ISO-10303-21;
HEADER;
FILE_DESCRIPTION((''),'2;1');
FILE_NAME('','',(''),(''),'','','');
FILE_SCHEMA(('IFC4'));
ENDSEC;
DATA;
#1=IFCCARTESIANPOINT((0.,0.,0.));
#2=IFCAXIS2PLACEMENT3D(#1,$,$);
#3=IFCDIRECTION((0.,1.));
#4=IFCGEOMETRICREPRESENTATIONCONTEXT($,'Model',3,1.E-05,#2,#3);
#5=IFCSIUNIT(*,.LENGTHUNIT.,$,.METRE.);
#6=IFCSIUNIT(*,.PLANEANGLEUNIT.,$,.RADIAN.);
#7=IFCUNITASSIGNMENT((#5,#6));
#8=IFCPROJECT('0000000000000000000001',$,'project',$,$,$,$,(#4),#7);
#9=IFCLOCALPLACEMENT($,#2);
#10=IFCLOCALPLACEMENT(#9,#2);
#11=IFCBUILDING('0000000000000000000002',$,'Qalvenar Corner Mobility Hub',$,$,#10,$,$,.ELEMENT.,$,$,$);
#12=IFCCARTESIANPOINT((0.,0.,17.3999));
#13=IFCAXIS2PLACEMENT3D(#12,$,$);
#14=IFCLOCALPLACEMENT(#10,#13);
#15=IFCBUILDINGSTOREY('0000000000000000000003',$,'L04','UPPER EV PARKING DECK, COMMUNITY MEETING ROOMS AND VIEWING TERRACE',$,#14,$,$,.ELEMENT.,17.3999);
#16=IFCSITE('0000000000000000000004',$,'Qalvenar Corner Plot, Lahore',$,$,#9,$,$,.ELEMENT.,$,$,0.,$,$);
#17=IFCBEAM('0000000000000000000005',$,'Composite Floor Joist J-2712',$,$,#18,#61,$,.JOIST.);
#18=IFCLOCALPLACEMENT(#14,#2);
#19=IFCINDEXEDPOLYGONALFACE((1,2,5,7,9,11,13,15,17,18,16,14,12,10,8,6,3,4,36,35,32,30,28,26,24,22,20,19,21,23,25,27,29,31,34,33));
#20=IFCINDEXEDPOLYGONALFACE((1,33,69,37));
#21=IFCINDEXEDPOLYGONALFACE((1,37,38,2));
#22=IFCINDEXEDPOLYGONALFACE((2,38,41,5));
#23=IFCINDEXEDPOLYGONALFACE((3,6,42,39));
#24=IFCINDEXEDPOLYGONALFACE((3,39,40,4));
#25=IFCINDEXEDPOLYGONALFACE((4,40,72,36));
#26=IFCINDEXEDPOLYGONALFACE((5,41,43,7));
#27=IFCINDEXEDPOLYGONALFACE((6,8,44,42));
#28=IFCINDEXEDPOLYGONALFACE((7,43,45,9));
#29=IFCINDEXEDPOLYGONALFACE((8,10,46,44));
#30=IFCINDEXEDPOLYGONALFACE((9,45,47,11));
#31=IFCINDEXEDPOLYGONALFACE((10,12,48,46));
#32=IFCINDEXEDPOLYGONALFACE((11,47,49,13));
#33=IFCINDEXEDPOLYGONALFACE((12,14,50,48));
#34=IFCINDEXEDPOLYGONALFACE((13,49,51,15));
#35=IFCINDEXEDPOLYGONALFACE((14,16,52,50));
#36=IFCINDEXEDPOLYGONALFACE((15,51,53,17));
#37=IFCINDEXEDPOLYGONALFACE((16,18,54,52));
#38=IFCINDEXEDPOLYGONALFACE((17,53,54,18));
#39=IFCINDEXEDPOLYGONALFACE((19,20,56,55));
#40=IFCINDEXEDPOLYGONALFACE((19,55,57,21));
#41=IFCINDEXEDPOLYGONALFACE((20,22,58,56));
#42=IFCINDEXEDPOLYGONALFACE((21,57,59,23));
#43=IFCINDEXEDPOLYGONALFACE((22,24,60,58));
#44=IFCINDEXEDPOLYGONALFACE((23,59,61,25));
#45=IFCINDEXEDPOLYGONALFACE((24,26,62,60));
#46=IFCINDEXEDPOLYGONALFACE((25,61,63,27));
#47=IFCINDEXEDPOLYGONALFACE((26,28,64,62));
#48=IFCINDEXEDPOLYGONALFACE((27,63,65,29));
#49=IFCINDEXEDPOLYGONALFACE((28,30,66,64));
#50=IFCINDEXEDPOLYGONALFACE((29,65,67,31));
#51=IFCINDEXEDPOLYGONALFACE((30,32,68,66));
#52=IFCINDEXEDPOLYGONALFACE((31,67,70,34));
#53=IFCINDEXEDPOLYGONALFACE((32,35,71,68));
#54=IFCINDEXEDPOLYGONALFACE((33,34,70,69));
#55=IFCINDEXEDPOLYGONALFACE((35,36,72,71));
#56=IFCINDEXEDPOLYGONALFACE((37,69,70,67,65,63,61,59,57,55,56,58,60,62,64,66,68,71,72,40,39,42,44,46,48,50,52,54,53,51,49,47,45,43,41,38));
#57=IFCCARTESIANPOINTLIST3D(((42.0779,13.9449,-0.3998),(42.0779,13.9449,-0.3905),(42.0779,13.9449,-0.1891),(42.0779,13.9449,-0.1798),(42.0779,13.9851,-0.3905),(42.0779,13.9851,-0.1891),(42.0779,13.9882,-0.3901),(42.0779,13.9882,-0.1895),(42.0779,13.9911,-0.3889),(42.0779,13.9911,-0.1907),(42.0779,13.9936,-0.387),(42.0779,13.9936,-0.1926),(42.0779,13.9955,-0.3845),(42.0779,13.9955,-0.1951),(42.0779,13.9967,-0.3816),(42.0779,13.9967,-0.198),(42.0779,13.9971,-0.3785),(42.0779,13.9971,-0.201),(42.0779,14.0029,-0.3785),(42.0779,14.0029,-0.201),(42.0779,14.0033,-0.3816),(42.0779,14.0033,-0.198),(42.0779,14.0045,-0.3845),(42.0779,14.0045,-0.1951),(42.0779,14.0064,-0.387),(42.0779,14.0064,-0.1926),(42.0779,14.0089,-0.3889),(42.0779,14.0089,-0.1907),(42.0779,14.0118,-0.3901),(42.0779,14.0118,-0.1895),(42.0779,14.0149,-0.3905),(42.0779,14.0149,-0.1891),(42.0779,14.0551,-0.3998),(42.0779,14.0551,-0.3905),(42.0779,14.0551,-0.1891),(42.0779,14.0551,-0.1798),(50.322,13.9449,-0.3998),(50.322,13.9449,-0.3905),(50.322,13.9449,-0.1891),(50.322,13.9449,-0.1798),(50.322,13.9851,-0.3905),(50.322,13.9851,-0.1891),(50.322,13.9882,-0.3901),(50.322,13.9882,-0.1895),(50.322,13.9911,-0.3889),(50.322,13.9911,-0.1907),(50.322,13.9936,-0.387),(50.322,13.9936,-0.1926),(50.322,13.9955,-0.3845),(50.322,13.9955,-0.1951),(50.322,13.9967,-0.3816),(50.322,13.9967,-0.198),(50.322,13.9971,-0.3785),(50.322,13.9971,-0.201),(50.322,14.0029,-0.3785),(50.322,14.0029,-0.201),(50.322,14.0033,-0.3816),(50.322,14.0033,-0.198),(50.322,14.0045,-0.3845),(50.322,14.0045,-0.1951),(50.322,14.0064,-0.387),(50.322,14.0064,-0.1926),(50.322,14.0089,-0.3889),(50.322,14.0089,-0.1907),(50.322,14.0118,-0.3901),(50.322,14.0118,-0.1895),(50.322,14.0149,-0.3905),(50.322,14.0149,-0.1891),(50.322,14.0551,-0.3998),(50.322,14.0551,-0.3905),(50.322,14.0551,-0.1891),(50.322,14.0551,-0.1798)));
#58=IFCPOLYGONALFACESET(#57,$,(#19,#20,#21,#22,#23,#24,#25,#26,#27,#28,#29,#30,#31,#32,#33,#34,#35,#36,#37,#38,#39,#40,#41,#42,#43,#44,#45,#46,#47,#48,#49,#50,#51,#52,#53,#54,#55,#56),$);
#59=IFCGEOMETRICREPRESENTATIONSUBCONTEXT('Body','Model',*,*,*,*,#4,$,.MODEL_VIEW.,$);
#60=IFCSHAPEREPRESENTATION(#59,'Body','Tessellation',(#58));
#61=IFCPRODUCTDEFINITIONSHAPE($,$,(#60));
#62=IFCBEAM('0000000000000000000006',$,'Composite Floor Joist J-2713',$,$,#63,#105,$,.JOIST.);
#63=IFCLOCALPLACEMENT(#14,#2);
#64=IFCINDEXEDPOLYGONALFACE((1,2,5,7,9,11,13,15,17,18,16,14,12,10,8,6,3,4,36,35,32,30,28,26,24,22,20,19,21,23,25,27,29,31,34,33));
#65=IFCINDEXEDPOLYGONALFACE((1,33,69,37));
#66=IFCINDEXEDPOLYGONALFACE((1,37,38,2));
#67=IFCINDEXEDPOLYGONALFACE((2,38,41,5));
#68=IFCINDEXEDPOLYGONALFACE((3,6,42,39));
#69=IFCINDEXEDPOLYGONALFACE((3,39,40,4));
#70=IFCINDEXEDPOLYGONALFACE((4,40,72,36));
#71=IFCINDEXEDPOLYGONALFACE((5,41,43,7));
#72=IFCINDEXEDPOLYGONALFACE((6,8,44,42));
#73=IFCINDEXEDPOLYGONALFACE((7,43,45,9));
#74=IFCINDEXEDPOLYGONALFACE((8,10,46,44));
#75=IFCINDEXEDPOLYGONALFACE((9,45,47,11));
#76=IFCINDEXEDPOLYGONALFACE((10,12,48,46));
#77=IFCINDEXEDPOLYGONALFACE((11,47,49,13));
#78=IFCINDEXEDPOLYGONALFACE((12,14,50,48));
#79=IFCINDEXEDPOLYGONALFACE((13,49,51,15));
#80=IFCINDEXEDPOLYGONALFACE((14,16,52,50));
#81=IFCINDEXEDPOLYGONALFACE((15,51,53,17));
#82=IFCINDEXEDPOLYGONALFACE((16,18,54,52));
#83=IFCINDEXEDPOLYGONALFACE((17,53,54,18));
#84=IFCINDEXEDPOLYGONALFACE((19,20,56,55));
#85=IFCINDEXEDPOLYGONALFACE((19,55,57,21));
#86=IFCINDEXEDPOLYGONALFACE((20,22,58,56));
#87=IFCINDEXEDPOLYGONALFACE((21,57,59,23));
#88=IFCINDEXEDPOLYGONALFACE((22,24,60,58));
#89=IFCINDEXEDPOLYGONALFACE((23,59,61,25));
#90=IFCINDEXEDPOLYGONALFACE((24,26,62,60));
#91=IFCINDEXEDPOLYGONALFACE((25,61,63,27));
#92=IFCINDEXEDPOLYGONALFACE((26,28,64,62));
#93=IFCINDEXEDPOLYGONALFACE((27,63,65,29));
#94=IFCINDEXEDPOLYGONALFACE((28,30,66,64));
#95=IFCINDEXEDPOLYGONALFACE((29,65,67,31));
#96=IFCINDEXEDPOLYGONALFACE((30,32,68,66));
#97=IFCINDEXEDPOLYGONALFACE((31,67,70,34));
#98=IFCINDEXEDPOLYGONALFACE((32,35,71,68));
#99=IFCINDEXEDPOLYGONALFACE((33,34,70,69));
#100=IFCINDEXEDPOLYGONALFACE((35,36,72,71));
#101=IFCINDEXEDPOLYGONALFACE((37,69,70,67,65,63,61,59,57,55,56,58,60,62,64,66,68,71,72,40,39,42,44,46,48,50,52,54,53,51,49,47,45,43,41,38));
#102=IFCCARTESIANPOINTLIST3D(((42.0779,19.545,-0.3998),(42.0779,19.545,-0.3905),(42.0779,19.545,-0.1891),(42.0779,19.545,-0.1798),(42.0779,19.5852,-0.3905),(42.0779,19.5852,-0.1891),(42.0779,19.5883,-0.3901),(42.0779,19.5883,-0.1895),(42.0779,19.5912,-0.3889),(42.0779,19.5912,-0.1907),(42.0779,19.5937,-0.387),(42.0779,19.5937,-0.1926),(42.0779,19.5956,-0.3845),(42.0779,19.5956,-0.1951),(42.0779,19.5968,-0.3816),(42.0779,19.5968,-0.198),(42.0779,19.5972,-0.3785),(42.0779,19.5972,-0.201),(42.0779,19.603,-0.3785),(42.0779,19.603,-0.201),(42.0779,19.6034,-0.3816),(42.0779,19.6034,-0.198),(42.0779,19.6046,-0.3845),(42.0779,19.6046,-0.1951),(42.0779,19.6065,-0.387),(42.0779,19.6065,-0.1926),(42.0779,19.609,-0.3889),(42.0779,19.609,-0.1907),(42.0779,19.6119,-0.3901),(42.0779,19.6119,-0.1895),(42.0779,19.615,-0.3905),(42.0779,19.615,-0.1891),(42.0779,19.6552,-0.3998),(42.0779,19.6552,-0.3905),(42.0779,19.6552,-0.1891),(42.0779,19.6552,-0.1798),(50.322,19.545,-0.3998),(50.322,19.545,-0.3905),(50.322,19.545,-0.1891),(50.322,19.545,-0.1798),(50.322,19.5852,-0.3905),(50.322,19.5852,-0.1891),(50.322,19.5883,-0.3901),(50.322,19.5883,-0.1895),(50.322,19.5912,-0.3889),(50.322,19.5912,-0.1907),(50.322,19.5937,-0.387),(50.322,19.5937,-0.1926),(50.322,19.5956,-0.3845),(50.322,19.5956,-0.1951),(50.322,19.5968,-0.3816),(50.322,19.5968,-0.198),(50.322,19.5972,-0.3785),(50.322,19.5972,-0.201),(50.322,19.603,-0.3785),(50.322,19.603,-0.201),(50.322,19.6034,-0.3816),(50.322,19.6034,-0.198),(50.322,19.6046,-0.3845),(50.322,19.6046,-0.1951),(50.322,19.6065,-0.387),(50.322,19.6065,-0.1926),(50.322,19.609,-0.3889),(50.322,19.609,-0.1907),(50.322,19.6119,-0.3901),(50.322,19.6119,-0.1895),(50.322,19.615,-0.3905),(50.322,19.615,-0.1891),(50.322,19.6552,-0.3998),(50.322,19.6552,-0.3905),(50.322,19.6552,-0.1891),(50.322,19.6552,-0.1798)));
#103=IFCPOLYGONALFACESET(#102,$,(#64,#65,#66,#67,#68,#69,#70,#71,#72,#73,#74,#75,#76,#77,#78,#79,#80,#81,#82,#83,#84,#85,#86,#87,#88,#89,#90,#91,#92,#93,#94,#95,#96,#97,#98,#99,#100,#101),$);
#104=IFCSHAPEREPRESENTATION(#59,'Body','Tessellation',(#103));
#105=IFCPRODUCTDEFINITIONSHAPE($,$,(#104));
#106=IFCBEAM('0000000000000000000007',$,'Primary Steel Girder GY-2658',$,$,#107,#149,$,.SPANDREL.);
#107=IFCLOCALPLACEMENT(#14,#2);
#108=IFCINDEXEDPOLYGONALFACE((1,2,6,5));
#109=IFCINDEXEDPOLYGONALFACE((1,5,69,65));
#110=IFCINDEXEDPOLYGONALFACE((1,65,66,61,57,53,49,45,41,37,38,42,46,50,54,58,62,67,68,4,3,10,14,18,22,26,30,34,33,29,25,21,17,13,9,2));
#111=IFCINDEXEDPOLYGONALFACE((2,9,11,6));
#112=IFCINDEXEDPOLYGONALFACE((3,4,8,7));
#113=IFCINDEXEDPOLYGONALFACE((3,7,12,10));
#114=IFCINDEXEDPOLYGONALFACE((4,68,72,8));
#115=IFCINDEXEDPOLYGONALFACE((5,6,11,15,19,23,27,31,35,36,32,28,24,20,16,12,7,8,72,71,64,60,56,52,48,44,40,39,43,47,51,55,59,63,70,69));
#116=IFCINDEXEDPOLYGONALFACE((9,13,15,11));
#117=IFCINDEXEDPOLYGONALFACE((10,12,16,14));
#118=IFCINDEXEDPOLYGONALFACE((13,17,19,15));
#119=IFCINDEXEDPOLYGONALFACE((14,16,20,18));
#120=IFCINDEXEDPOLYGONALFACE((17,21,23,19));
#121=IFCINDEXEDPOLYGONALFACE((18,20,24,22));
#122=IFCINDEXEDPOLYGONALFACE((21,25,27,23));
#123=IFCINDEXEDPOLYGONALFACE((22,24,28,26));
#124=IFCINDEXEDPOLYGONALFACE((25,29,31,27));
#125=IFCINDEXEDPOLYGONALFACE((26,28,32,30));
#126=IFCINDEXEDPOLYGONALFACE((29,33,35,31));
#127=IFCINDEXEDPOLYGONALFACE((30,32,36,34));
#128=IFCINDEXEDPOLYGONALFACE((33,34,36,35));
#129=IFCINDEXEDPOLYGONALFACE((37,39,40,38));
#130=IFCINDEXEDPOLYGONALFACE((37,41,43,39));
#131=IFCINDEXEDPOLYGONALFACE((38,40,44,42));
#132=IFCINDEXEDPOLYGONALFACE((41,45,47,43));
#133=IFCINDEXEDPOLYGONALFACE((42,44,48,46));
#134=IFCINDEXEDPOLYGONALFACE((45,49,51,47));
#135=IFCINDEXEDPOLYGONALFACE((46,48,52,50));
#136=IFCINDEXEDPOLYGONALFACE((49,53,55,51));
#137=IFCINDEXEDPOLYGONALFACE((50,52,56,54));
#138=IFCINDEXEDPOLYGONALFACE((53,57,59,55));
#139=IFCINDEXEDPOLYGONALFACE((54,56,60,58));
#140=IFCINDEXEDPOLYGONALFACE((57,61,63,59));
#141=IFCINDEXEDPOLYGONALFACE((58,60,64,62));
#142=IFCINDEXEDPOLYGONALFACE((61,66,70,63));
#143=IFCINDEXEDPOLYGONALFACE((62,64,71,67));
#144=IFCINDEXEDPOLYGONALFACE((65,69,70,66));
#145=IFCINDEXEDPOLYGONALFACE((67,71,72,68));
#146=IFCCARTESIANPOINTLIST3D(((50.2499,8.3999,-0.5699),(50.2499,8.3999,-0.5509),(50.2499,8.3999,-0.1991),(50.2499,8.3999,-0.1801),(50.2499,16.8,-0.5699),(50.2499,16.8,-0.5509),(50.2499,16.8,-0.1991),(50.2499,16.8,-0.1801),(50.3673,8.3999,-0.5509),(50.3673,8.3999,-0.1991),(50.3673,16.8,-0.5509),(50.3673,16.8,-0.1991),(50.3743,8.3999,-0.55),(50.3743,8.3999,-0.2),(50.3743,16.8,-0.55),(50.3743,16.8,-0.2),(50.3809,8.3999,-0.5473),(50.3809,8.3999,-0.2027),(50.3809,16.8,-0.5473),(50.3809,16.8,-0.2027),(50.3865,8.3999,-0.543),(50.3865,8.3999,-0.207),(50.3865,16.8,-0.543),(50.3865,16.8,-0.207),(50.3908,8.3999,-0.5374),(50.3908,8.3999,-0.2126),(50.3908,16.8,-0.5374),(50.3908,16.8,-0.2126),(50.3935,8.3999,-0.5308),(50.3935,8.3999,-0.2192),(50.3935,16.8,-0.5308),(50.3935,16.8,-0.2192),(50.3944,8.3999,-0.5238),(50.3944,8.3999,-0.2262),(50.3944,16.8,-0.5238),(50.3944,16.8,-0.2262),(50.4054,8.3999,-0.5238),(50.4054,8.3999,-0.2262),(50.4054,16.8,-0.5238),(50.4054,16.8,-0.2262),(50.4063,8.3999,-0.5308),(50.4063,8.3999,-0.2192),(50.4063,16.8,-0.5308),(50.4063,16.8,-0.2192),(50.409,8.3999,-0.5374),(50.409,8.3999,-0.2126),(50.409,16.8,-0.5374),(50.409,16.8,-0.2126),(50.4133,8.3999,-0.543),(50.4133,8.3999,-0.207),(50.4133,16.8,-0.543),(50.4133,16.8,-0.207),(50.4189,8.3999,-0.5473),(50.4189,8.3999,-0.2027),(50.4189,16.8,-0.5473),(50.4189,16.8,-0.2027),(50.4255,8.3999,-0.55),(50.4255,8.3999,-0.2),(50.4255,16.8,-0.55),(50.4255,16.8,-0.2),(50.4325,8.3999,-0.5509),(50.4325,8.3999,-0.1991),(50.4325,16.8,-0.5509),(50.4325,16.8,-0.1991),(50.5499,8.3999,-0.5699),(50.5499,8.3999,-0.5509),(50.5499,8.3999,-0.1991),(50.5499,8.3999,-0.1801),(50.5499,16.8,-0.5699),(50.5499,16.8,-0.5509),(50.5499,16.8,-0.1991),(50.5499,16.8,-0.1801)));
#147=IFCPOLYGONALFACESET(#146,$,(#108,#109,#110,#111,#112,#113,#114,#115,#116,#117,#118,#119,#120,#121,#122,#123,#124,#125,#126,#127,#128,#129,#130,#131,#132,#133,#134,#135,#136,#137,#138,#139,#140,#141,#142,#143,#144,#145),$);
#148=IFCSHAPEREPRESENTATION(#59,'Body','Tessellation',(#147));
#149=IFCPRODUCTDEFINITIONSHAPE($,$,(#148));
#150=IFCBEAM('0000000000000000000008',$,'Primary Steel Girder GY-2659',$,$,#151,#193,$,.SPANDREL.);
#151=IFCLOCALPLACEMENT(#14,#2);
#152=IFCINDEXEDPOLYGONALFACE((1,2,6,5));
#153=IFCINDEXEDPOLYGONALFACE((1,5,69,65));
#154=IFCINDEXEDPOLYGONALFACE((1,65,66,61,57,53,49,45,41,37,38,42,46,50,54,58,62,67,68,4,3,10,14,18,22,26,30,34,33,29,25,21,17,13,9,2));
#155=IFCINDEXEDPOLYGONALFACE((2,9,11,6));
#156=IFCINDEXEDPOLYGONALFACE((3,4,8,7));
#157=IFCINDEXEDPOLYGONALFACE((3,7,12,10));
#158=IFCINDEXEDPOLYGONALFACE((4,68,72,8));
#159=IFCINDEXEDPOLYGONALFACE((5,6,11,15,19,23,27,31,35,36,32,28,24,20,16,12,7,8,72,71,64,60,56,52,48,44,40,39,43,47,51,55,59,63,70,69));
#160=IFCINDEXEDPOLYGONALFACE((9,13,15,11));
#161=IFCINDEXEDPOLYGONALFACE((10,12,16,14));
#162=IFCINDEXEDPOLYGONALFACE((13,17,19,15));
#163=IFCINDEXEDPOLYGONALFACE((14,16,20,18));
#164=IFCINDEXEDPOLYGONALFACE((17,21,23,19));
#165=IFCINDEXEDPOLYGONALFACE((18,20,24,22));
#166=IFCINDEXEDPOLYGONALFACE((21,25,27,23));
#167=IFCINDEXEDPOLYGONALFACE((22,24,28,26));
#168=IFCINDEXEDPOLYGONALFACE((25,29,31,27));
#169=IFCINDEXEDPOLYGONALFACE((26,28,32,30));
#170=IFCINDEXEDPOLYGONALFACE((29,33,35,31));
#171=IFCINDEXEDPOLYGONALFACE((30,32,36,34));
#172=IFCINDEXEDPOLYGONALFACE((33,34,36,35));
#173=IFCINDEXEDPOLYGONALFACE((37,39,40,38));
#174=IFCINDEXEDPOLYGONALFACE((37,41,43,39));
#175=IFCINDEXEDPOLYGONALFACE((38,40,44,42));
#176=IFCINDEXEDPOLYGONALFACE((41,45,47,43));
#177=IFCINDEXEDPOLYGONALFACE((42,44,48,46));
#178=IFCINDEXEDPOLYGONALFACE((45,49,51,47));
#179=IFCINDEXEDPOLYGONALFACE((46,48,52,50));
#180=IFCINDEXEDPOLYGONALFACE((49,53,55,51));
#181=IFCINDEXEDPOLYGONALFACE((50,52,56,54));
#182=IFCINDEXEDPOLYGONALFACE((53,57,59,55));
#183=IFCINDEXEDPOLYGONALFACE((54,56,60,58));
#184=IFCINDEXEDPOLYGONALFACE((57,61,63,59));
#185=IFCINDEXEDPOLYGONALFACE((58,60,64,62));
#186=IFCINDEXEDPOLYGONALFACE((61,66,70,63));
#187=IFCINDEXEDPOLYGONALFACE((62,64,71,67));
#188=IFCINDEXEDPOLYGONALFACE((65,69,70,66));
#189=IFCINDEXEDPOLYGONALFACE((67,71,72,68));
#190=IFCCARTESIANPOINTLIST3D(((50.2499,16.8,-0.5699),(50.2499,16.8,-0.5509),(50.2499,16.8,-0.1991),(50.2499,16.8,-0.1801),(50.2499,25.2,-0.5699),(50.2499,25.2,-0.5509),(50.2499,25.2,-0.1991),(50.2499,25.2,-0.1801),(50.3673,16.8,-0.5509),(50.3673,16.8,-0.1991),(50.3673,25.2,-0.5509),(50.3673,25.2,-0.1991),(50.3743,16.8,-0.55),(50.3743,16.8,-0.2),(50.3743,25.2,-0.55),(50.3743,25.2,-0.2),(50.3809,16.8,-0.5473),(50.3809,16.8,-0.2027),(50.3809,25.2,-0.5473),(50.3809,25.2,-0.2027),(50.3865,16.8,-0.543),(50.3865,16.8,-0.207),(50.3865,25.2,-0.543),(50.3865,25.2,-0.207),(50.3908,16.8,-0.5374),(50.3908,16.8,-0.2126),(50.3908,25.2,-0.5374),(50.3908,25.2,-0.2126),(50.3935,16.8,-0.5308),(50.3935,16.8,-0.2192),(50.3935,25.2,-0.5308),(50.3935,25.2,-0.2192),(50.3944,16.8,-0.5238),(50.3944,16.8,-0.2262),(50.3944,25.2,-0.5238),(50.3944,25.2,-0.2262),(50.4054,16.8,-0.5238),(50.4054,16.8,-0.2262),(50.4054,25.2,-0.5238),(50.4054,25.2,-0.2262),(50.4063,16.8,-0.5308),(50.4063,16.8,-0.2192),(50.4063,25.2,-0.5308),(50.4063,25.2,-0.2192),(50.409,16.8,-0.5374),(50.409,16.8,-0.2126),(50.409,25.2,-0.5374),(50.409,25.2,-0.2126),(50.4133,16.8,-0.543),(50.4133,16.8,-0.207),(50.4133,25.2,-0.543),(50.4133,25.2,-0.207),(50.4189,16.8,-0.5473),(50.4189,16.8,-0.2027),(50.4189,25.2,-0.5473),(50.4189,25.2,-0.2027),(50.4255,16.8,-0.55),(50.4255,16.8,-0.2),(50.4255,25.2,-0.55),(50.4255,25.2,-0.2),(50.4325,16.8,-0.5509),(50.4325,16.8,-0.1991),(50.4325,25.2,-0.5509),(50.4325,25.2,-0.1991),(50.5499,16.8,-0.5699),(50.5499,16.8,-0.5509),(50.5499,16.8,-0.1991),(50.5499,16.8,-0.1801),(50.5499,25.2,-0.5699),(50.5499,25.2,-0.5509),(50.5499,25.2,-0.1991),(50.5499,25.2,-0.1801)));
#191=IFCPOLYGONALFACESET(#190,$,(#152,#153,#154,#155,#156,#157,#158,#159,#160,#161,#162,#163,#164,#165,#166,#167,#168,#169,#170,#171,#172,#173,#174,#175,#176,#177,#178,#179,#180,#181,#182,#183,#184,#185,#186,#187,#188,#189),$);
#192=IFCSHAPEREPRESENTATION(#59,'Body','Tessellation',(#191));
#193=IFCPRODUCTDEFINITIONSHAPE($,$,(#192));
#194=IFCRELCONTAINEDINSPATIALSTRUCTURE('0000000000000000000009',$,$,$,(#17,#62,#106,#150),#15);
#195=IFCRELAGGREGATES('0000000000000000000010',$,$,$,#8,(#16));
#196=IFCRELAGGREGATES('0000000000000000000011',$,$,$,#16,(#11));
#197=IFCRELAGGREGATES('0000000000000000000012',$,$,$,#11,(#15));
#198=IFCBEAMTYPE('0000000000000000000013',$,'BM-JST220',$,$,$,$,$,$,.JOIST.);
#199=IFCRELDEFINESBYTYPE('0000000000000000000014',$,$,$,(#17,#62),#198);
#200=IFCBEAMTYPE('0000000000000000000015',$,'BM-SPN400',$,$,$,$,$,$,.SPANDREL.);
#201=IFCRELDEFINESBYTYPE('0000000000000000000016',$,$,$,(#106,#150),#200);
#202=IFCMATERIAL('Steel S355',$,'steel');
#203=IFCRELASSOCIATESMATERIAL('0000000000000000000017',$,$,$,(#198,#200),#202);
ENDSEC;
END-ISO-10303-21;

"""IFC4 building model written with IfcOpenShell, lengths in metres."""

from ifc_helpers import new_model, si_unit, direction, frame, origin, origin_2d, place, context, subcontext, project, spatial, i_section, extrude, material, material_profile, profile_set, type_object, element, save


model = new_model("IFC4")

# Units and contexts
model_context = context("Model", 3, precision=1e-05, world=origin(), true_north=direction((0.0, 1.0)))
body_context = subcontext(model_context, "Body", "Model", "MODEL_VIEW")
ifc_project = project(units=[si_unit("LENGTHUNIT", "METRE"), si_unit("PLANEANGLEUNIT", "RADIAN")], contexts=[model_context])

# Site, building, storey
site_placement = place(None, origin())
site = spatial("IfcSite", under=ifc_project, at=site_placement, Name="Qalvenar Corner Plot, Lahore", CompositionType="ELEMENT", RefElevation=0.0)
building_placement = place(site_placement, origin())
building = spatial("IfcBuilding", under=site, at=building_placement, Name="Qalvenar Corner Mobility Hub", CompositionType="ELEMENT")
storey_placement = place(building_placement, frame((0.0, 0.0, 17.3999)))
storey = spatial("IfcBuildingStorey", under=building, at=storey_placement, Name="L04", Description="UPPER EV PARKING DECK, COMMUNITY MEETING ROOMS AND VIEWING TERRACE", CompositionType="ELEMENT", Elevation=17.3999)

# Shared definitions
ifc_material_1 = material(Name="Steel S355", Category="steel")

# Beams
ifc_material_profile_1 = material_profile(ifc_material_1, i_section(OverallWidth=0.1101, OverallDepth=0.22, WebThickness=0.0059, FlangeThickness=0.0093, FilletRadius=0.012, at=origin_2d()), Name="IPE220")
ifc_profile_set_1 = profile_set([ifc_material_profile_1], Name="Steel S355")
beam_type_1 = type_object("IfcBeamType", Name="BM-JST220", PredefinedType="JOIST", material=ifc_profile_set_1)
for number, where, z_axis, x_axis, name in (
    (1, (42.0779, 14.0, -0.2898), (1.0, 0.0, 0.0), (0.0, 1.0, 0.0), "Composite Floor Joist J-2712"),
    (2, (42.0779, 19.6001, -0.2898), (1.0, 0.0, 0.0), (0.0, 1.0, 0.0), "Composite Floor Joist J-2713"),
):
    element("IfcBeam", number, at=place(storey_placement, frame(where, z_axis=z_axis, x_axis=x_axis)), inside=storey, type_object=beam_type_1, Name=name, PredefinedType="JOIST", context=body_context, shape_type="SweptSolid", body=[
        extrude(i_section(OverallWidth=0.1101, OverallDepth=0.22, WebThickness=0.0059, FlangeThickness=0.0093, FilletRadius=0.012, at=origin_2d()), origin(), (0.0, 0.0, 1.0), 8.2441),
    ])
ifc_material_profile_2 = material_profile(ifc_material_1, i_section(OverallWidth=0.3, OverallDepth=0.3899, WebThickness=0.011, FlangeThickness=0.019, FilletRadius=0.0271, at=origin_2d()), Name="HEA400")
ifc_profile_set_2 = profile_set([ifc_material_profile_2], Name="Steel S355")
beam_type_2 = type_object("IfcBeamType", Name="BM-SPN400", PredefinedType="SPANDREL", material=ifc_profile_set_2)
beam_1_placement = place(storey_placement, frame((50.3999, 8.3999, -0.375), z_axis=(0.0, 1.0, 0.0), x_axis=(-1.0, 0.0, 0.0)))
element("IfcBeam", 3, at=beam_1_placement, inside=storey, type_object=beam_type_2, Name="Primary Steel Girder GY-2658", PredefinedType="SPANDREL", context=body_context, shape_type="SweptSolid", body=[
    extrude(i_section(OverallWidth=0.3, OverallDepth=0.3899, WebThickness=0.011, FlangeThickness=0.019, FilletRadius=0.0271, at=origin_2d()), origin(), (0.0, 0.0, 1.0), 8.4001),
])
beam_2_placement = place(storey_placement, frame((50.3999, 16.8, -0.375), z_axis=(0.0, 1.0, 0.0), x_axis=(-1.0, 0.0, 0.0)))
element("IfcBeam", 4, at=beam_2_placement, inside=storey, type_object=beam_type_2, Name="Primary Steel Girder GY-2659", PredefinedType="SPANDREL", context=body_context, shape_type="SweptSolid", body=[
    extrude(i_section(OverallWidth=0.3, OverallDepth=0.3899, WebThickness=0.011, FlangeThickness=0.019, FilletRadius=0.0271, at=origin_2d()), origin(), (0.0, 0.0, 1.0), 8.3999),
])

save(model, "model.ifc")
